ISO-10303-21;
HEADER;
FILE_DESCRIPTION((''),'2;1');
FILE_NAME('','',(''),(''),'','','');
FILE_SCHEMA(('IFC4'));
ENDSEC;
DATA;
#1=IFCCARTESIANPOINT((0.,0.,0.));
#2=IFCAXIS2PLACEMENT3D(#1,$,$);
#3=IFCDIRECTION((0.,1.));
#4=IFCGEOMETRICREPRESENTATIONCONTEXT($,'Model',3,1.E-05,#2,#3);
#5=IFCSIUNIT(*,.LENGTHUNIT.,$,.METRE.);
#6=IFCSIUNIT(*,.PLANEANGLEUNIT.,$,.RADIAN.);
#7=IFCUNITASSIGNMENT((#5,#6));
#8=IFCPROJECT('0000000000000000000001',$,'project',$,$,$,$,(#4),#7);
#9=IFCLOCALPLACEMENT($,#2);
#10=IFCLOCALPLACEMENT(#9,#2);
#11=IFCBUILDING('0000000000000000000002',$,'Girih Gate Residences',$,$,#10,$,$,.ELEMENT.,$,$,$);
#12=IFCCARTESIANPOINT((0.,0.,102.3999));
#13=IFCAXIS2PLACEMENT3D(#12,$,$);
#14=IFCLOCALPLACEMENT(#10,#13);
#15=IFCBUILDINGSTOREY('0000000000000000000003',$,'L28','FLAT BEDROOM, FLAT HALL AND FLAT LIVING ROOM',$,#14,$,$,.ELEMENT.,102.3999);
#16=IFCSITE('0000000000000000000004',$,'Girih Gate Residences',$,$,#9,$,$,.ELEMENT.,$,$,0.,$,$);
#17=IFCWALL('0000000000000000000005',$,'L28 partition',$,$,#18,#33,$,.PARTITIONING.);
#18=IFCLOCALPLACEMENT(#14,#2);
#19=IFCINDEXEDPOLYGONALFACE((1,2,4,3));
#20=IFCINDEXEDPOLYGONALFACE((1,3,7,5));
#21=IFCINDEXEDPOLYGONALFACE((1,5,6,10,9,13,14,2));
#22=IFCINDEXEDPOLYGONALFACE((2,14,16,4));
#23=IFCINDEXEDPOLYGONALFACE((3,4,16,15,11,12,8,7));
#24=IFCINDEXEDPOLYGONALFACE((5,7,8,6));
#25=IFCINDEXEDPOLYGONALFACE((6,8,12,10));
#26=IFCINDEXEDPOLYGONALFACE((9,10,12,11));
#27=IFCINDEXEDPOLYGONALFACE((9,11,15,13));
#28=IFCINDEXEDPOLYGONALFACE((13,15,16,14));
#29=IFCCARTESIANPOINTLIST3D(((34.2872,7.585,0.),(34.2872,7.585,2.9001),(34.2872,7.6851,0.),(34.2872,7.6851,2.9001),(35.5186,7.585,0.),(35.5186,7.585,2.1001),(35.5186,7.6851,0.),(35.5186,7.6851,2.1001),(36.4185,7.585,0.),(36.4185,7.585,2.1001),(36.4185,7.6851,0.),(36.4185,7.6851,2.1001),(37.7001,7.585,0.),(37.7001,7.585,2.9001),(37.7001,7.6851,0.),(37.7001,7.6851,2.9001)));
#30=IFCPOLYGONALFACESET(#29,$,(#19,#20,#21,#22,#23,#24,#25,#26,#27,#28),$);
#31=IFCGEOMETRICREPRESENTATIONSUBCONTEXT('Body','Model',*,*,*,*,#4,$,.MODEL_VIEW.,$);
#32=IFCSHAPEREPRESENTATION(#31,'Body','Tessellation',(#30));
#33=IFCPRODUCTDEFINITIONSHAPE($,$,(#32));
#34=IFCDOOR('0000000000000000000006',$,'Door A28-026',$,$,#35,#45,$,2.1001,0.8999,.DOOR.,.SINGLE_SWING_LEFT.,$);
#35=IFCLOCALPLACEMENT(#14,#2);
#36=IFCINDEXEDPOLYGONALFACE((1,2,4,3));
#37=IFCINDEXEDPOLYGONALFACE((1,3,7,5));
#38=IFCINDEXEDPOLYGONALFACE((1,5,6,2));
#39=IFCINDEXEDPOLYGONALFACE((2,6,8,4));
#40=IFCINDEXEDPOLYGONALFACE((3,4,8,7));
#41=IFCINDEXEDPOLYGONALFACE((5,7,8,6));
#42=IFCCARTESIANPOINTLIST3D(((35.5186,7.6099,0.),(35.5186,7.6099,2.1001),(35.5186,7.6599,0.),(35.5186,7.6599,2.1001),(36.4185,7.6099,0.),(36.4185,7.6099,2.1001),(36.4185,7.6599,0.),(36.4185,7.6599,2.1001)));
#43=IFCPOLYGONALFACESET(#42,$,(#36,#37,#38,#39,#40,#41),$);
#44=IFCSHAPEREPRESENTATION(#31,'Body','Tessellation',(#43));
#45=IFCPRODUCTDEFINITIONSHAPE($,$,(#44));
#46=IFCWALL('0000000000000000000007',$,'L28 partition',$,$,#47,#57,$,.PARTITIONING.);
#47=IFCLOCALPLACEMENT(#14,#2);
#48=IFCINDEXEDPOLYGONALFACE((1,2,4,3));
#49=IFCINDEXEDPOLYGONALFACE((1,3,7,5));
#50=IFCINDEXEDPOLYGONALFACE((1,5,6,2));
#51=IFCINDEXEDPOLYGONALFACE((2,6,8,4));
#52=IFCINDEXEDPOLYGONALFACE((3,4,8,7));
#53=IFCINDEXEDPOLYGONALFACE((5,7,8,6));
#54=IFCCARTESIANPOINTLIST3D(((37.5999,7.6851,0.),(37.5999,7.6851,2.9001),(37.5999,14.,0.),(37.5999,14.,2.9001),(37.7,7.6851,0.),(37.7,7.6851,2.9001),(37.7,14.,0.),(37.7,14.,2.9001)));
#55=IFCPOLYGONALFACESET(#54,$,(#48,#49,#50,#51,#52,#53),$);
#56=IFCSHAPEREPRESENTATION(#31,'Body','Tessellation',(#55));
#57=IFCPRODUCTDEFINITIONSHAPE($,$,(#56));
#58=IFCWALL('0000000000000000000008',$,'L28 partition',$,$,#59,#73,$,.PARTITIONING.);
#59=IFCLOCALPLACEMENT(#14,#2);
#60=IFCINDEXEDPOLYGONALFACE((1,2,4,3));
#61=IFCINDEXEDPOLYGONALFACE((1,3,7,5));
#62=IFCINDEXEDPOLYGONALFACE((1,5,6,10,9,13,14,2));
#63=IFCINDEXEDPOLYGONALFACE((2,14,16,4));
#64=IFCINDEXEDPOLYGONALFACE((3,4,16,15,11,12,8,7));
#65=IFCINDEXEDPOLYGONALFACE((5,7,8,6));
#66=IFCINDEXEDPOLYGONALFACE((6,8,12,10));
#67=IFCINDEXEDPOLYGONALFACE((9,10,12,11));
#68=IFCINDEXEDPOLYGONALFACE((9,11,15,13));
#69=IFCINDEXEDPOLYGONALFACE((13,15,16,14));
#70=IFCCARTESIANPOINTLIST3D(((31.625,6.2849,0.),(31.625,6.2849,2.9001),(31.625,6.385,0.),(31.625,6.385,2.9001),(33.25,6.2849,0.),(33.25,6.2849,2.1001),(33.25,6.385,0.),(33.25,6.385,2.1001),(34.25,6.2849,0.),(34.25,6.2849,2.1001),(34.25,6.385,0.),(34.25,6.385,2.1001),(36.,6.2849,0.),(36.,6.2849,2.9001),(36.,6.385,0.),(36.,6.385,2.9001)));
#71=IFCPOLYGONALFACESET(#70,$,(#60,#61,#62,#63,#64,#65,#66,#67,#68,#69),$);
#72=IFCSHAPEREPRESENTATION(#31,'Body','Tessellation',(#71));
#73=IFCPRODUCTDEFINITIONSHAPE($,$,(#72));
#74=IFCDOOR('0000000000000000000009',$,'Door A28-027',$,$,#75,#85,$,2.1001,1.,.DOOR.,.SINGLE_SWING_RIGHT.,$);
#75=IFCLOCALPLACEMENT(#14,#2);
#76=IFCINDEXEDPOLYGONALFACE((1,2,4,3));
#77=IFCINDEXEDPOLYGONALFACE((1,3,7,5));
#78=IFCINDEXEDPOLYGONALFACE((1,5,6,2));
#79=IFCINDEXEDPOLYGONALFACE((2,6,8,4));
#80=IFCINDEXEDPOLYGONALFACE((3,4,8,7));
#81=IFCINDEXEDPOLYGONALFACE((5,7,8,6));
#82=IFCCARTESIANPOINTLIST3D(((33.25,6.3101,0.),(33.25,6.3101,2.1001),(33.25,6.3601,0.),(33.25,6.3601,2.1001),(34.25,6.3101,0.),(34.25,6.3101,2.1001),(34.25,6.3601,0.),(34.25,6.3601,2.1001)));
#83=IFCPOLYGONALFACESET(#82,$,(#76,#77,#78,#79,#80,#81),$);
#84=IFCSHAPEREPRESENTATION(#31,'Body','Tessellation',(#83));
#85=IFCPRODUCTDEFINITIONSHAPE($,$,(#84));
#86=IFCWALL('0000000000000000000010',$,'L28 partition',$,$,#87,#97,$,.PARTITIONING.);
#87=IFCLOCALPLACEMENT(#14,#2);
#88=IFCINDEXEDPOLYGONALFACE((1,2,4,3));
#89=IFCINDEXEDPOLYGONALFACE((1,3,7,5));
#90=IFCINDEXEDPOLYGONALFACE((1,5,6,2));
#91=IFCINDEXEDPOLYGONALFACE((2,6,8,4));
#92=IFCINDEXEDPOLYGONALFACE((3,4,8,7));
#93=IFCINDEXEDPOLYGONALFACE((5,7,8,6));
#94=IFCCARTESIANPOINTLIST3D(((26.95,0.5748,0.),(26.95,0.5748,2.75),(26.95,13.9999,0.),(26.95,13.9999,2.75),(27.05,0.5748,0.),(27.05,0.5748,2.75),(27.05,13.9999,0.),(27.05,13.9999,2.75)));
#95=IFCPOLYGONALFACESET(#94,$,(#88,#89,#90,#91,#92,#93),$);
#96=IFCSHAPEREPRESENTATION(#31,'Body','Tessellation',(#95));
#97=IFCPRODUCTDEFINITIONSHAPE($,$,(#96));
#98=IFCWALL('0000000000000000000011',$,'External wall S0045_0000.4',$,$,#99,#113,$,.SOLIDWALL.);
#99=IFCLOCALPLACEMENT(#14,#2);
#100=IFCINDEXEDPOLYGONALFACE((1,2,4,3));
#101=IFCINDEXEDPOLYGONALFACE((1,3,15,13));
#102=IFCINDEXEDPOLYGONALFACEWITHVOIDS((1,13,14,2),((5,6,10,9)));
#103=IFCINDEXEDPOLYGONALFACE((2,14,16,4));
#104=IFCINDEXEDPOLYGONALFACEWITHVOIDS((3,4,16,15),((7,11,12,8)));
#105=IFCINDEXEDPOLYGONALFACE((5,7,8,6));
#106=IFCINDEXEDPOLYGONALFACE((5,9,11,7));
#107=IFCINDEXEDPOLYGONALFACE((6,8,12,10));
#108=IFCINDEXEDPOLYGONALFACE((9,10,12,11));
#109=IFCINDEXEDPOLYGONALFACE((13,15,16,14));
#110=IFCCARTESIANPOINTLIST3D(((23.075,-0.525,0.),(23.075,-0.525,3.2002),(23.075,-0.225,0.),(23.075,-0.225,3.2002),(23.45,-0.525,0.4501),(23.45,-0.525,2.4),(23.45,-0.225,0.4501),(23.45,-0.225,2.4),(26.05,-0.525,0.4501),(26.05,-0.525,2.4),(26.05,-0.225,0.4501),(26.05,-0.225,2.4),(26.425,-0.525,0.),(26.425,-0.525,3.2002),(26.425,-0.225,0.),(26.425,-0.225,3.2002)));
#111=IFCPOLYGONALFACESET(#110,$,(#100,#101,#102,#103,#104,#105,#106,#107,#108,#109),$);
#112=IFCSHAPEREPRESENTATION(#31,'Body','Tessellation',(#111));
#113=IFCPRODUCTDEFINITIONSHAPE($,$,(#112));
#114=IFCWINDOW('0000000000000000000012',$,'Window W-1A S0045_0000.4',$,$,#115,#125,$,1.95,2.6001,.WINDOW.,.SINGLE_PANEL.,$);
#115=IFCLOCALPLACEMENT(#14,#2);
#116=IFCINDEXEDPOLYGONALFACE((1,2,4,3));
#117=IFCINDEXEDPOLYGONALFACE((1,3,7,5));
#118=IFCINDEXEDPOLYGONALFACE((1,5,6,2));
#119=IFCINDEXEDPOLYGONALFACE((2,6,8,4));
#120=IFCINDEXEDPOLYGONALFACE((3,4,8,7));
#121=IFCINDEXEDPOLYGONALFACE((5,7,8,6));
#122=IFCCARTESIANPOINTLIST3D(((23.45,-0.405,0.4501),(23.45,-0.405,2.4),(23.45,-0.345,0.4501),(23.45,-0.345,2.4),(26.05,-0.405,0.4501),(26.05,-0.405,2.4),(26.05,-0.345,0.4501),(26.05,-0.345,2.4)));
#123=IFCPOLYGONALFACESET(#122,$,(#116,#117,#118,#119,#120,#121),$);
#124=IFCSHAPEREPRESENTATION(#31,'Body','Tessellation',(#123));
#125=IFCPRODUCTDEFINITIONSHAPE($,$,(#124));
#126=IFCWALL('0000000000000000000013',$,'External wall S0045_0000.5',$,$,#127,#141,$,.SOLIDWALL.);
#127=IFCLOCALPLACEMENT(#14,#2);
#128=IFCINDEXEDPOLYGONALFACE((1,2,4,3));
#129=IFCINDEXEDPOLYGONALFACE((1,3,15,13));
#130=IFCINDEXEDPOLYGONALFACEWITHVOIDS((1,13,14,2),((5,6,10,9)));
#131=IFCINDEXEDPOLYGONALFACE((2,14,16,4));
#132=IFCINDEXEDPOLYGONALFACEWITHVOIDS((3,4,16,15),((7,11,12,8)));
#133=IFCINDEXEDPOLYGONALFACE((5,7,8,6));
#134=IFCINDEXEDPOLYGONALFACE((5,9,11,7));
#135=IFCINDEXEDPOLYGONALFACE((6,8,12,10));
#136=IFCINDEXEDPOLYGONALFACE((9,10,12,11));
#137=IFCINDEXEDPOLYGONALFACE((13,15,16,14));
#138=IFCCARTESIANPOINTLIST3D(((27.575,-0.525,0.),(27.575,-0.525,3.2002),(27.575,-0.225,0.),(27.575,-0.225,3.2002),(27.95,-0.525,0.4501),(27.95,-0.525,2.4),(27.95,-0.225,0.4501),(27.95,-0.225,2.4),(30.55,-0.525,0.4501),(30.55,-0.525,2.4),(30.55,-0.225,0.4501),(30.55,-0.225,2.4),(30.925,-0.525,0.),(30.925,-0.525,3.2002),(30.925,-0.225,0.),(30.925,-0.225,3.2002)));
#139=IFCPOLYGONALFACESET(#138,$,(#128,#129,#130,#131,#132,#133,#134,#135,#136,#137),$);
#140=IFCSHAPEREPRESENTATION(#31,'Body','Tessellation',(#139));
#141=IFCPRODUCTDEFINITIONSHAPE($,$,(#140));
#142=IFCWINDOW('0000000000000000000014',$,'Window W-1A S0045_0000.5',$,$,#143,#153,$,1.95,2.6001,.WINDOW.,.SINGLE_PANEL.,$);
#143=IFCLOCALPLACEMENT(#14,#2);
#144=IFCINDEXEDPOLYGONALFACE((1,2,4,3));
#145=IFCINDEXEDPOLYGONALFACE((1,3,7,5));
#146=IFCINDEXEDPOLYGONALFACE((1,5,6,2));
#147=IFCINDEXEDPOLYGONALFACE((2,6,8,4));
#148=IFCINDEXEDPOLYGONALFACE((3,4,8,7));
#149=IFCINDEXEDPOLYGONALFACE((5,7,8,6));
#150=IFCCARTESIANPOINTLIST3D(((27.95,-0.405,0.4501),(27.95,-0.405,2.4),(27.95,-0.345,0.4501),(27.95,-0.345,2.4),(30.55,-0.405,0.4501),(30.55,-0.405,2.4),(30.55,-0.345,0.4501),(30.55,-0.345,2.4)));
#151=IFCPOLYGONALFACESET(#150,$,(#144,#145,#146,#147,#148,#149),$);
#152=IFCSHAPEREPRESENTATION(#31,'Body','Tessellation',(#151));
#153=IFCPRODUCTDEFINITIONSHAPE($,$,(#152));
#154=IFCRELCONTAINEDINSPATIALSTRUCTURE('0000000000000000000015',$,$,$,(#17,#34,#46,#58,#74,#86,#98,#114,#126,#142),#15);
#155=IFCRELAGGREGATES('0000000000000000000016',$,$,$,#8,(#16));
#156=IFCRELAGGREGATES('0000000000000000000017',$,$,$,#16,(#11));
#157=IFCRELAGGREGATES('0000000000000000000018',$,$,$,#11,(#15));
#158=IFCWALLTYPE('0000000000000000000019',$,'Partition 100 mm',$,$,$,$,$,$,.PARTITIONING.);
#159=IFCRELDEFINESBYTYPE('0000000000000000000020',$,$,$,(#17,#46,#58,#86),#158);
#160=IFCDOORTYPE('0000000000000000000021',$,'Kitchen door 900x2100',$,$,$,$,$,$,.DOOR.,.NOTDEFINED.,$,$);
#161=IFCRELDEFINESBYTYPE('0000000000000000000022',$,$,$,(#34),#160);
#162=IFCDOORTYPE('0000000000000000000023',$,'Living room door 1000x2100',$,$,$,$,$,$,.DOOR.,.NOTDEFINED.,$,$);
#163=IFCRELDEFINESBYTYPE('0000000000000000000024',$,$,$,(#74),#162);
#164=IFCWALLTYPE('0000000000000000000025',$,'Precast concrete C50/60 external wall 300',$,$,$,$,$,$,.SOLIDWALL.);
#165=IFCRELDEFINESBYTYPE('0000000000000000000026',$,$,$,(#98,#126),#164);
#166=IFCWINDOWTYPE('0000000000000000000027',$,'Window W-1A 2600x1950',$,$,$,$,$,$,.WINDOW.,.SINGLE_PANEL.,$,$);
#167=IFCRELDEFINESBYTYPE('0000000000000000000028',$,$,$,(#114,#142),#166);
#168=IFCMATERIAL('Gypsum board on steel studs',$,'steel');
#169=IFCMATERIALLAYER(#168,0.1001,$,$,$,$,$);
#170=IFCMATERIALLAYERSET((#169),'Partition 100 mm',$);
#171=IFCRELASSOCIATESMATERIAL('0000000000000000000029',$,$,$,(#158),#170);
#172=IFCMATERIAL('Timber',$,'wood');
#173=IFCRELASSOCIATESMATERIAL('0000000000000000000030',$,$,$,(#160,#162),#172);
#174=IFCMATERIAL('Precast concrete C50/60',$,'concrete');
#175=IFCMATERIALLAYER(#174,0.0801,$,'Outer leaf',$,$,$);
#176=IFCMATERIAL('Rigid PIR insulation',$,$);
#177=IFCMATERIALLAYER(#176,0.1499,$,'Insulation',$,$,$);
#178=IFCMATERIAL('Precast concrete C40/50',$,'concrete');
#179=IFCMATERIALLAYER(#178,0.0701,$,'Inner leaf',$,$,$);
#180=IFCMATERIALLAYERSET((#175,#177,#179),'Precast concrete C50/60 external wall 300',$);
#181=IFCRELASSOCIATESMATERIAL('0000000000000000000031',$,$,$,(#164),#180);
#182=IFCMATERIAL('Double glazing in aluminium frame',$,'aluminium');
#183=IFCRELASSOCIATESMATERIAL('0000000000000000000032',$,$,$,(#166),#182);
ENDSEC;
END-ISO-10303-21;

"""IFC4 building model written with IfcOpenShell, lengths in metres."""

from ifc_helpers import new_model, si_unit, direction, frame, frame_2d, origin, place, context, subcontext, project, spatial, rectangle, extrude, material, layer, layer_set, type_object, element, fill, save


model = new_model("IFC4")

# Units and contexts
model_context = context("Model", 3, precision=1e-05, world=origin(), true_north=direction((0.0, 1.0)))
body_context = subcontext(model_context, "Body", "Model", "MODEL_VIEW")
ifc_project = project(units=[si_unit("LENGTHUNIT", "METRE"), si_unit("PLANEANGLEUNIT", "RADIAN")], contexts=[model_context])

# Site, building, storey
site_placement = place(None, origin())
site = spatial("IfcSite", under=ifc_project, at=site_placement, Name="Girih Gate Residences", CompositionType="ELEMENT", RefElevation=0.0)
building_placement = place(site_placement, origin())
building = spatial("IfcBuilding", under=site, at=building_placement, Name="Girih Gate Residences", CompositionType="ELEMENT")
storey_placement = place(building_placement, frame((0.0, 0.0, 102.3999)))
storey = spatial("IfcBuildingStorey", under=building, at=storey_placement, Name="L28", Description="FLAT BEDROOM, FLAT HALL AND FLAT LIVING ROOM", CompositionType="ELEMENT", Elevation=102.3999)

# Shared definitions
ifc_material_1 = material(Name="Gypsum board on steel studs", Category="steel")
ifc_layer_1 = layer(ifc_material_1, 0.1001)
ifc_layer_set_1 = layer_set([ifc_layer_1], Name="Partition 100 mm")
wall_type_1 = type_object("IfcWallType", Name="Partition 100 mm", PredefinedType="PARTITIONING", material=ifc_layer_set_1)

# Wall, opening, door
wall_1_placement = place(storey_placement, frame((34.2871, 7.635, 0.0), z_axis=(0.0, 0.0, 1.0), x_axis=(1.0, 0.0, 0.0)))
wall_1 = element("IfcWall", 1, at=wall_1_placement, inside=storey, type_object=wall_type_1, Name="L28 partition", PredefinedType="PARTITIONING", context=body_context, shape_type="SweptSolid", body=[
    extrude(rectangle(XDim=3.4128, YDim=0.1001, at=frame_2d((1.7065, 0.0))), origin(), (0.0, 0.0, 1.0), 2.9001),
])
opening_1_placement = place(wall_1_placement, frame((1.2314, 0.0, 0.0)))
opening_1 = element("IfcOpeningElement", 2, at=opening_1_placement, cuts=wall_1, PredefinedType="OPENING", context=body_context, shape_type="SweptSolid", body=[
    extrude(rectangle(XDim=0.8999, YDim=2.1001, at=frame_2d((0.45, 1.05))), frame((0.0, 0.0601, 0.0), z_axis=(0.0, -1.0, 0.0), x_axis=(1.0, 0.0, 0.0)), (0.0, 0.0, 1.0), 0.1201),
])
ifc_material_2 = material(Name="Timber", Category="wood")
door_type_1 = type_object("IfcDoorType", Name="Kitchen door 900x2100", OperationType="NOTDEFINED", PredefinedType="DOOR", material=ifc_material_2)
door_1_placement = place(opening_1_placement, origin())
door_1 = element("IfcDoor", 3, at=door_1_placement, inside=storey, type_object=door_type_1, Name="Door A28-026", OperationType="SINGLE_SWING_LEFT", OverallHeight=2.1001, OverallWidth=0.8999, PredefinedType="DOOR", context=body_context, shape_type="SweptSolid", body=[
    extrude(rectangle(XDim=0.8999, YDim=2.1001, at=frame_2d((0.45, 1.05))), frame((0.0, 0.0249, 0.0), z_axis=(0.0, -1.0, 0.0), x_axis=(1.0, 0.0, 0.0)), (0.0, 0.0, 1.0), 0.05),
])
fill(opening_1, door_1)

# Wall
wall_2_placement = place(storey_placement, frame((37.6499, 7.6851, 0.0), z_axis=(0.0, 0.0, 1.0), x_axis=(0.0, 1.0, 0.0)))
element("IfcWall", 4, at=wall_2_placement, inside=storey, type_object=wall_type_1, Name="L28 partition", PredefinedType="PARTITIONING", context=body_context, shape_type="SweptSolid", body=[
    extrude(rectangle(XDim=6.3149, YDim=0.1001, at=frame_2d((3.1575, 0.0))), origin(), (0.0, 0.0, 1.0), 2.9001),
])

# Wall, opening, door
wall_3_placement = place(storey_placement, frame((36.0, 6.335, 0.0), z_axis=(0.0, 0.0, 1.0), x_axis=(-1.0, 0.0, 0.0)))
wall_3 = element("IfcWall", 5, at=wall_3_placement, inside=storey, type_object=wall_type_1, Name="L28 partition", PredefinedType="PARTITIONING", context=body_context, shape_type="SweptSolid", body=[
    extrude(rectangle(XDim=4.375, YDim=0.1001, at=frame_2d((2.1875, 0.0))), origin(), (0.0, 0.0, 1.0), 2.9001),
])
opening_2_placement = place(wall_3_placement, frame((1.75, 0.0, 0.0)))
opening_2 = element("IfcOpeningElement", 6, at=opening_2_placement, cuts=wall_3, PredefinedType="OPENING", context=body_context, shape_type="SweptSolid", body=[
    extrude(rectangle(XDim=1.0, YDim=2.1001, at=frame_2d((0.5, 1.05))), frame((0.0, 0.0601, 0.0), z_axis=(0.0, -1.0, 0.0), x_axis=(1.0, 0.0, 0.0)), (0.0, 0.0, 1.0), 0.1201),
])
door_type_2 = type_object("IfcDoorType", Name="Living room door 1000x2100", OperationType="NOTDEFINED", PredefinedType="DOOR", material=ifc_material_2)
door_2_placement = place(opening_2_placement, origin())
door_2 = element("IfcDoor", 7, at=door_2_placement, inside=storey, type_object=door_type_2, Name="Door A28-027", OperationType="SINGLE_SWING_RIGHT", OverallHeight=2.1001, OverallWidth=1.0, PredefinedType="DOOR", context=body_context, shape_type="SweptSolid", body=[
    extrude(rectangle(XDim=1.0, YDim=2.1001, at=frame_2d((0.5, 1.05))), frame((0.0, 0.0249, 0.0), z_axis=(0.0, -1.0, 0.0), x_axis=(1.0, 0.0, 0.0)), (0.0, 0.0, 1.0), 0.05),
])
fill(opening_2, door_2)

# Wall
wall_4_placement = place(storey_placement, frame((27.0, 0.575, 0.0), z_axis=(0.0, 0.0, 1.0), x_axis=(0.0, 1.0, 0.0)))
element("IfcWall", 8, at=wall_4_placement, inside=storey, type_object=wall_type_1, Name="L28 partition", PredefinedType="PARTITIONING", context=body_context, shape_type="SweptSolid", body=[
    extrude(rectangle(XDim=13.425, YDim=0.1001, at=frame_2d((6.7124, 0.0))), origin(), (0.0, 0.0, 1.0), 2.75),
])

# Walls, openings, windows
ifc_material_3 = material(Name="Precast concrete C50/60", Category="concrete")
ifc_layer_2 = layer(ifc_material_3, 0.0801, Name="Outer leaf")
ifc_material_4 = material(Name="Rigid PIR insulation")
ifc_layer_3 = layer(ifc_material_4, 0.1499, Name="Insulation")
ifc_material_5 = material(Name="Precast concrete C40/50", Category="concrete")
ifc_layer_4 = layer(ifc_material_5, 0.0701, Name="Inner leaf")
ifc_layer_set_2 = layer_set([ifc_layer_2, ifc_layer_3, ifc_layer_4], Name="Precast concrete C50/60 external wall 300")
wall_type_2 = type_object("IfcWallType", Name="Precast concrete C50/60 external wall 300", PredefinedType="SOLIDWALL", material=ifc_layer_set_2)
wall_5_placement = place(storey_placement, frame((26.425, -0.375, 0.0), z_axis=(0.0, 0.0, 1.0), x_axis=(-1.0, 0.0, 0.0)))
wall_5 = element("IfcWall", 9, at=wall_5_placement, inside=storey, type_object=wall_type_2, Name="External wall S0045_0000.4", PredefinedType="SOLIDWALL", context=body_context, shape_type="SweptSolid", body=[
    extrude(rectangle(XDim=3.3501, YDim=0.3, at=frame_2d((1.675, 0.0))), origin(), (0.0, 0.0, 1.0), 3.2002),
])
opening_3_placement = place(wall_5_placement, frame((0.375, 0.0, 0.45)))
opening_3 = element("IfcOpeningElement", 10, at=opening_3_placement, cuts=wall_5, PredefinedType="OPENING", context=body_context, shape_type="SweptSolid", body=[
    extrude(rectangle(XDim=2.6001, YDim=1.95, at=frame_2d((1.3, 0.9751))), frame((0.0, 0.1599, 0.0), z_axis=(0.0, -1.0, 0.0), x_axis=(1.0, 0.0, 0.0)), (0.0, 0.0, 1.0), 0.3201),
])
ifc_material_6 = material(Name="Double glazing in aluminium frame", Category="aluminium")
window_type = type_object("IfcWindowType", Name="Window W-1A 2600x1950", PartitioningType="SINGLE_PANEL", PredefinedType="WINDOW", material=ifc_material_6)
window_1_placement = place(opening_3_placement, origin())
window_1 = element("IfcWindow", 11, at=window_1_placement, inside=storey, type_object=window_type, Name="Window W-1A S0045_0000.4", OverallHeight=1.95, OverallWidth=2.6001, PartitioningType="SINGLE_PANEL", PredefinedType="WINDOW", context=body_context, shape_type="SweptSolid", body=[
    extrude(rectangle(XDim=2.6001, YDim=1.95, at=frame_2d((1.3, 0.9751))), frame((0.0, 0.03, 0.0), z_axis=(0.0, -1.0, 0.0), x_axis=(1.0, 0.0, 0.0)), (0.0, 0.0, 1.0), 0.0601),
])
fill(opening_3, window_1)
wall_6_placement = place(storey_placement, frame((30.925, -0.375, 0.0), z_axis=(0.0, 0.0, 1.0), x_axis=(-1.0, 0.0, 0.0)))
wall_6 = element("IfcWall", 12, at=wall_6_placement, inside=storey, type_object=wall_type_2, Name="External wall S0045_0000.5", PredefinedType="SOLIDWALL", context=body_context, shape_type="SweptSolid", body=[
    extrude(rectangle(XDim=3.3501, YDim=0.3, at=frame_2d((1.675, 0.0))), origin(), (0.0, 0.0, 1.0), 3.2002),
])
opening_4_placement = place(wall_6_placement, frame((0.375, 0.0, 0.45)))
opening_4 = element("IfcOpeningElement", 13, at=opening_4_placement, cuts=wall_6, PredefinedType="OPENING", context=body_context, shape_type="SweptSolid", body=[
    extrude(rectangle(XDim=2.6001, YDim=1.95, at=frame_2d((1.3, 0.9751))), frame((0.0, 0.1599, 0.0), z_axis=(0.0, -1.0, 0.0), x_axis=(1.0, 0.0, 0.0)), (0.0, 0.0, 1.0), 0.3201),
])
window_2_placement = place(opening_4_placement, origin())
window_2 = element("IfcWindow", 14, at=window_2_placement, inside=storey, type_object=window_type, Name="Window W-1A S0045_0000.5", OverallHeight=1.95, OverallWidth=2.6001, PartitioningType="SINGLE_PANEL", PredefinedType="WINDOW", context=body_context, shape_type="SweptSolid", body=[
    extrude(rectangle(XDim=2.6001, YDim=1.95, at=frame_2d((1.3, 0.9751))), frame((0.0, 0.03, 0.0), z_axis=(0.0, -1.0, 0.0), x_axis=(1.0, 0.0, 0.0)), (0.0, 0.0, 1.0), 0.0601),
])
fill(opening_4, window_2)

save(model, "model.ifc")
